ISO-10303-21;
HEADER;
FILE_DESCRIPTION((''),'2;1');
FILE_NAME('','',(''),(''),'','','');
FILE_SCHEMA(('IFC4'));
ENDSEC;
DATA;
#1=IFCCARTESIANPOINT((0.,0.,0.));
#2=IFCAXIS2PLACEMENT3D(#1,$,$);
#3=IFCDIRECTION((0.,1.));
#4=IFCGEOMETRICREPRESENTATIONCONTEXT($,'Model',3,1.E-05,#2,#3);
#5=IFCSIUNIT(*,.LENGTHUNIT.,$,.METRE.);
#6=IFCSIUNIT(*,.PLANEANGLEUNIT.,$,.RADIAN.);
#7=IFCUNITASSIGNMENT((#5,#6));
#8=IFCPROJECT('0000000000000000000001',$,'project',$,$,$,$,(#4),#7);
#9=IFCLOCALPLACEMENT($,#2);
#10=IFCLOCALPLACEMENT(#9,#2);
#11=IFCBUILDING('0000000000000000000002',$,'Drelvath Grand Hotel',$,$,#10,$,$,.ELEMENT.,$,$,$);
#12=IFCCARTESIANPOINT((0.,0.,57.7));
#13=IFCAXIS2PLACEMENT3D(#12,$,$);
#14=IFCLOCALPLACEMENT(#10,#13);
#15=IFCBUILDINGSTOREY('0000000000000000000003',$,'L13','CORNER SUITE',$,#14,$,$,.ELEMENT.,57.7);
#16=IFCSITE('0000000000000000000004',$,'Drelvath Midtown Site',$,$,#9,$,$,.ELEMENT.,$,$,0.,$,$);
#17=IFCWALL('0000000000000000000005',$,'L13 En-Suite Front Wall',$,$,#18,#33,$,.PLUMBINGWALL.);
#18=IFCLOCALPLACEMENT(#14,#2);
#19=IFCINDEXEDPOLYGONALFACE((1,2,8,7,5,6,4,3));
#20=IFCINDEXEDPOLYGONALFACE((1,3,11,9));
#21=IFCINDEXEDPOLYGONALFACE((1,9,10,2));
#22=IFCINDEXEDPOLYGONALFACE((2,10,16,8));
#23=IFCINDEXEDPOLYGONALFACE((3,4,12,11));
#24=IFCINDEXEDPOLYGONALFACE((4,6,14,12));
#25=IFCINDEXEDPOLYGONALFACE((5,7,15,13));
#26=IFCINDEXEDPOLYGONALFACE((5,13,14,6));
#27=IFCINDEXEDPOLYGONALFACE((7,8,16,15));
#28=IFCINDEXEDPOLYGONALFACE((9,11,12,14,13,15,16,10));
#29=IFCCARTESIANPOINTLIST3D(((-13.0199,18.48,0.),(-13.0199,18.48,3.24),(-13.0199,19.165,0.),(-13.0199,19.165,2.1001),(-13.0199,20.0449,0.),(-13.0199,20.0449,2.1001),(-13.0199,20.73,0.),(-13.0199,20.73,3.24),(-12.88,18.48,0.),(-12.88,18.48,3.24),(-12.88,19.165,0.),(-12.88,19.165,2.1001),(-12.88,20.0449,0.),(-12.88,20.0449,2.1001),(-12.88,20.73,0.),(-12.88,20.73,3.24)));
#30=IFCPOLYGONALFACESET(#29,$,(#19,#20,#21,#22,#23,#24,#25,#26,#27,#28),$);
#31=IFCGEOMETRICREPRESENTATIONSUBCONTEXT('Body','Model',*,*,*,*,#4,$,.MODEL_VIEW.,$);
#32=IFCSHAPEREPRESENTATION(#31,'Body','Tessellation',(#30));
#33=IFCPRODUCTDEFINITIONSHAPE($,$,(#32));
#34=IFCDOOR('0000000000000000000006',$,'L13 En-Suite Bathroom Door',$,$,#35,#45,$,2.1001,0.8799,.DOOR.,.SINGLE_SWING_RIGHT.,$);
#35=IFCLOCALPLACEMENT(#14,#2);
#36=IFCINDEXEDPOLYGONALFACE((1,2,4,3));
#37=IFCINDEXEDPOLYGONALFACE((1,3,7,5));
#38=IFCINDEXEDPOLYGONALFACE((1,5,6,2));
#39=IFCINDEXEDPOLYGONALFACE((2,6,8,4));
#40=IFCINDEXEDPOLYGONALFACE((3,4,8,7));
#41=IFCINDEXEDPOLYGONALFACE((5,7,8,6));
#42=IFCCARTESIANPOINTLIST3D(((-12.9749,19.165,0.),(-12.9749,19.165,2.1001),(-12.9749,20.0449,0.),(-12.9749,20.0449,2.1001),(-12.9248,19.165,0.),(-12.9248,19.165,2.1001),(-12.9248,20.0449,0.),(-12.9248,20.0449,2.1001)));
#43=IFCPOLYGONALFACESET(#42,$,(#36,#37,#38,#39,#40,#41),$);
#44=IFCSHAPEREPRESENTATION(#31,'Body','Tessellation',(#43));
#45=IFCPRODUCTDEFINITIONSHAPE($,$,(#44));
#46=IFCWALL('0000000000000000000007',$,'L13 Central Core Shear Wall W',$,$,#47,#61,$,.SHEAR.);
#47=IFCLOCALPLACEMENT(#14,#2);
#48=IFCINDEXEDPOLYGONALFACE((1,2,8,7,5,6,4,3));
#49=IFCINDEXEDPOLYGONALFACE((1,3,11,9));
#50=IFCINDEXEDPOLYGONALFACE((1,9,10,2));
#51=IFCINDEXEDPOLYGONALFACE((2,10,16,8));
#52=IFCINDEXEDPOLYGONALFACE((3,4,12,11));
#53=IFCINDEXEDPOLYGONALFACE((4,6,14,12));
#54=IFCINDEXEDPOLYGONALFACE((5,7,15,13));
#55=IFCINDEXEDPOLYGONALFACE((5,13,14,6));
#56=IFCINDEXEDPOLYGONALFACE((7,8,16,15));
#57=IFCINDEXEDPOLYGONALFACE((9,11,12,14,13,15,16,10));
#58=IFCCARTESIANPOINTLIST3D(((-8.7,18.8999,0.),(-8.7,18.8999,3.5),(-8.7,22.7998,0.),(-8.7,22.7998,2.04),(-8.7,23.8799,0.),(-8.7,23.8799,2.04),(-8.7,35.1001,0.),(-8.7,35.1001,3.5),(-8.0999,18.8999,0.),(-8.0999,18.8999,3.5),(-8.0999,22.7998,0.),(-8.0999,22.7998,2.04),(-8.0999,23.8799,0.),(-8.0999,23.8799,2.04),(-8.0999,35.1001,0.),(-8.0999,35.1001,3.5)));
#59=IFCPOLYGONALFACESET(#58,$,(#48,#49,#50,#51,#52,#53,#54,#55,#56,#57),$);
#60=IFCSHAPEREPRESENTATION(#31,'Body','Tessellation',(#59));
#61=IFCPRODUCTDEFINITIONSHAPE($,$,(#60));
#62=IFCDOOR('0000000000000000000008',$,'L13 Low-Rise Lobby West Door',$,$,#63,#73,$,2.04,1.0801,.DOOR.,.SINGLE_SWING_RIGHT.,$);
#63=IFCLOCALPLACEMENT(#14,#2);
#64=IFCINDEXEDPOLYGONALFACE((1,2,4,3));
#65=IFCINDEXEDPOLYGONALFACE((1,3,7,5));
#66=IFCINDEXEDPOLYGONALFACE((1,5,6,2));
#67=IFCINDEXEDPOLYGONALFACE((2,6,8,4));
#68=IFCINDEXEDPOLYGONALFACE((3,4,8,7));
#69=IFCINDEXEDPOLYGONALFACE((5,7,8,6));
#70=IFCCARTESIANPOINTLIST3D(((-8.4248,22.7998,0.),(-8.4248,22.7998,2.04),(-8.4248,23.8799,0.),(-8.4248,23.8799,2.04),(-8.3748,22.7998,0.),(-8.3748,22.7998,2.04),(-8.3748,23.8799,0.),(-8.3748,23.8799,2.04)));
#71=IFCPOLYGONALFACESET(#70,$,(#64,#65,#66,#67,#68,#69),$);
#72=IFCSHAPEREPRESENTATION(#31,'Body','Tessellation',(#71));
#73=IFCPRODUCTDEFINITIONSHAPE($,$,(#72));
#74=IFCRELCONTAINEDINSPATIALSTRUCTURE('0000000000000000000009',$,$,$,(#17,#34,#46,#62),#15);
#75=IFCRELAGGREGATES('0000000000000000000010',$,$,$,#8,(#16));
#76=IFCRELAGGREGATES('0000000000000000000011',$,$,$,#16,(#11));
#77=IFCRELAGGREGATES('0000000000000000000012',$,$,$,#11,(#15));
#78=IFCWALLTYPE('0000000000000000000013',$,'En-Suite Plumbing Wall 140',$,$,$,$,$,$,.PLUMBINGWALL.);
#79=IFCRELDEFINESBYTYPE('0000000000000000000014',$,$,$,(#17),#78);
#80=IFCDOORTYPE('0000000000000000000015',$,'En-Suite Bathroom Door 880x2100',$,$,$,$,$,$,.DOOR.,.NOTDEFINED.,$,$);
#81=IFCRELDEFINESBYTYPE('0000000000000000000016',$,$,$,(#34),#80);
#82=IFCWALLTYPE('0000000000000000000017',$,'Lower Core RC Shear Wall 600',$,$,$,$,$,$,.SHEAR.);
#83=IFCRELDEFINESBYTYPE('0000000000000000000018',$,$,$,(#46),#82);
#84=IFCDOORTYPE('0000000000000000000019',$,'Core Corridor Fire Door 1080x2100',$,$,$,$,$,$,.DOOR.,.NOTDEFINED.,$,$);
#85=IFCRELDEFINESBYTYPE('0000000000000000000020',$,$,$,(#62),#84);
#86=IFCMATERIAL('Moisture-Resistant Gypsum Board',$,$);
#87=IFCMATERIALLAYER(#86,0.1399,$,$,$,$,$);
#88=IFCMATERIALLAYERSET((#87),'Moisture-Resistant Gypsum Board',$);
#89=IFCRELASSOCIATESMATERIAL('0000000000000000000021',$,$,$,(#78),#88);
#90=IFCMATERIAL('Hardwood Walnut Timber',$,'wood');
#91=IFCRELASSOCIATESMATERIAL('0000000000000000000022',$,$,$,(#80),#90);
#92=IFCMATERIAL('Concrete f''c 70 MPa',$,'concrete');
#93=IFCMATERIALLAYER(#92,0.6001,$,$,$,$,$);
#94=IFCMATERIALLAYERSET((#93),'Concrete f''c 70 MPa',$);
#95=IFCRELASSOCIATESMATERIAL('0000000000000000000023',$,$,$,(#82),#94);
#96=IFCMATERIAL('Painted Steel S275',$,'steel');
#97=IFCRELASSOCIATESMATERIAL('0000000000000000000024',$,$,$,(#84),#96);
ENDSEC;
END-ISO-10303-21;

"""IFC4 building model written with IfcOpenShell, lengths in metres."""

from ifc_helpers import new_model, si_unit, direction, frame, frame_2d, origin, place, context, subcontext, project, spatial, rectangle, extrude, material, layer, layer_set, type_object, element, fill, save


model = new_model("IFC4")

# Units and contexts
model_context = context("Model", 3, precision=1e-05, world=origin(), true_north=direction((0.0, 1.0)))
body_context = subcontext(model_context, "Body", "Model", "MODEL_VIEW")
ifc_project = project(units=[si_unit("LENGTHUNIT", "METRE"), si_unit("PLANEANGLEUNIT", "RADIAN")], contexts=[model_context])

# Site, building, storey
site_placement = place(None, origin())
site = spatial("IfcSite", under=ifc_project, at=site_placement, Name="Drelvath Midtown Site", CompositionType="ELEMENT", RefElevation=0.0)
building_placement = place(site_placement, origin())
building = spatial("IfcBuilding", under=site, at=building_placement, Name="Drelvath Grand Hotel", CompositionType="ELEMENT")
storey_placement = place(building_placement, frame((0.0, 0.0, 57.7)))
storey = spatial("IfcBuildingStorey", under=building, at=storey_placement, Name="L13", Description="CORNER SUITE", CompositionType="ELEMENT", Elevation=57.7)

# Shared definitions
ifc_material_1 = material(Name="Hardwood Walnut Timber", Category="wood")

# Shared definitions
ifc_material_2 = material(Name="Moisture-Resistant Gypsum Board")
ifc_layer_1 = layer(ifc_material_2, 0.1399)
ifc_layer_set_1 = layer_set([ifc_layer_1], Name="Moisture-Resistant Gypsum Board")
wall_type_1 = type_object("IfcWallType", Name="En-Suite Plumbing Wall 140", PredefinedType="PLUMBINGWALL", material=ifc_layer_set_1)

# Shared definitions
door_type_1 = type_object("IfcDoorType", Name="En-Suite Bathroom Door 880x2100", OperationType="NOTDEFINED", PredefinedType="DOOR", material=ifc_material_1)

# Walls, openings, doors
wall_1_placement = place(storey_placement, frame((-12.95, 18.48, 0.0), z_axis=(0.0, 0.0, 1.0), x_axis=(0.0, 1.0, 0.0)))
wall_1 = element("IfcWall", 1, at=wall_1_placement, inside=storey, type_object=wall_type_1, Name="L13 En-Suite Front Wall", PredefinedType="PLUMBINGWALL", context=body_context, shape_type="SweptSolid", body=[
    extrude(rectangle(XDim=2.25, YDim=0.1399, at=frame_2d((1.125, 0.0))), origin(), (0.0, 0.0, 1.0), 3.24),
])
opening_1_placement = place(wall_1_placement, frame((0.6851, 0.0, 0.0)))
opening_1 = element("IfcOpeningElement", 2, at=opening_1_placement, cuts=wall_1, PredefinedType="OPENING", context=body_context, shape_type="SweptSolid", body=[
    extrude(rectangle(XDim=0.8799, YDim=2.1001, at=frame_2d((0.4399, 1.05))), frame((0.0, 0.0798, 0.0), z_axis=(0.0, -1.0, 0.0), x_axis=(1.0, 0.0, 0.0)), (0.0, 0.0, 1.0), 0.1599),
])
door_1_placement = place(opening_1_placement, origin())
door_1 = element("IfcDoor", 3, at=door_1_placement, inside=storey, type_object=door_type_1, Name="L13 En-Suite Bathroom Door", OperationType="SINGLE_SWING_RIGHT", OverallHeight=2.1001, OverallWidth=0.8799, PredefinedType="DOOR", context=body_context, shape_type="SweptSolid", body=[
    extrude(rectangle(XDim=0.8799, YDim=2.1001, at=frame_2d((0.4399, 1.05))), frame((0.0, 0.0249, 0.0), z_axis=(0.0, -1.0, 0.0), x_axis=(1.0, 0.0, 0.0)), (0.0, 0.0, 1.0), 0.05),
])
fill(opening_1, door_1)
ifc_material_3 = material(Name="Concrete f'c 70 MPa", Category="concrete")
ifc_layer_2 = layer(ifc_material_3, 0.6001)
ifc_layer_set_2 = layer_set([ifc_layer_2], Name="Concrete f'c 70 MPa")
wall_type_2 = type_object("IfcWallType", Name="Lower Core RC Shear Wall 600", PredefinedType="SHEAR", material=ifc_layer_set_2)
wall_2_placement = place(storey_placement, frame((-8.3999, 18.8999, 0.0), z_axis=(0.0, 0.0, 1.0), x_axis=(0.0, 1.0, 0.0)))
wall_2 = element("IfcWall", 4, at=wall_2_placement, inside=storey, type_object=wall_type_2, Name="L13 Central Core Shear Wall W", PredefinedType="SHEAR", context=body_context, shape_type="SweptSolid", body=[
    extrude(rectangle(XDim=16.2002, YDim=0.6001, at=frame_2d((8.1001, 0.0))), origin(), (0.0, 0.0, 1.0), 3.5),
])
opening_2_placement = place(wall_2_placement, frame((3.8999, 0.0, 0.0)))
opening_2 = element("IfcOpeningElement", 5, at=opening_2_placement, cuts=wall_2, PredefinedType="OPENING", context=body_context, shape_type="SweptSolid", body=[
    extrude(rectangle(XDim=1.0801, YDim=2.04, at=frame_2d((0.54, 1.02))), frame((0.0, 0.3101, 0.0), z_axis=(0.0, -1.0, 0.0), x_axis=(1.0, 0.0, 0.0)), (0.0, 0.0, 1.0), 0.6201),
])
ifc_material_4 = material(Name="Painted Steel S275", Category="steel")
door_type_2 = type_object("IfcDoorType", Name="Core Corridor Fire Door 1080x2100", OperationType="NOTDEFINED", PredefinedType="DOOR", material=ifc_material_4)
door_2_placement = place(opening_2_placement, origin())
door_2 = element("IfcDoor", 6, at=door_2_placement, inside=storey, type_object=door_type_2, Name="L13 Low-Rise Lobby West Door", OperationType="SINGLE_SWING_RIGHT", OverallHeight=2.04, OverallWidth=1.0801, PredefinedType="DOOR", context=body_context, shape_type="SweptSolid", body=[
    extrude(rectangle(XDim=1.0801, YDim=2.04, at=frame_2d((0.54, 1.02))), frame((0.0, 0.0249, 0.0), z_axis=(0.0, -1.0, 0.0), x_axis=(1.0, 0.0, 0.0)), (0.0, 0.0, 1.0), 0.05),
])
fill(opening_2, door_2)

save(model, "model.ifc")
